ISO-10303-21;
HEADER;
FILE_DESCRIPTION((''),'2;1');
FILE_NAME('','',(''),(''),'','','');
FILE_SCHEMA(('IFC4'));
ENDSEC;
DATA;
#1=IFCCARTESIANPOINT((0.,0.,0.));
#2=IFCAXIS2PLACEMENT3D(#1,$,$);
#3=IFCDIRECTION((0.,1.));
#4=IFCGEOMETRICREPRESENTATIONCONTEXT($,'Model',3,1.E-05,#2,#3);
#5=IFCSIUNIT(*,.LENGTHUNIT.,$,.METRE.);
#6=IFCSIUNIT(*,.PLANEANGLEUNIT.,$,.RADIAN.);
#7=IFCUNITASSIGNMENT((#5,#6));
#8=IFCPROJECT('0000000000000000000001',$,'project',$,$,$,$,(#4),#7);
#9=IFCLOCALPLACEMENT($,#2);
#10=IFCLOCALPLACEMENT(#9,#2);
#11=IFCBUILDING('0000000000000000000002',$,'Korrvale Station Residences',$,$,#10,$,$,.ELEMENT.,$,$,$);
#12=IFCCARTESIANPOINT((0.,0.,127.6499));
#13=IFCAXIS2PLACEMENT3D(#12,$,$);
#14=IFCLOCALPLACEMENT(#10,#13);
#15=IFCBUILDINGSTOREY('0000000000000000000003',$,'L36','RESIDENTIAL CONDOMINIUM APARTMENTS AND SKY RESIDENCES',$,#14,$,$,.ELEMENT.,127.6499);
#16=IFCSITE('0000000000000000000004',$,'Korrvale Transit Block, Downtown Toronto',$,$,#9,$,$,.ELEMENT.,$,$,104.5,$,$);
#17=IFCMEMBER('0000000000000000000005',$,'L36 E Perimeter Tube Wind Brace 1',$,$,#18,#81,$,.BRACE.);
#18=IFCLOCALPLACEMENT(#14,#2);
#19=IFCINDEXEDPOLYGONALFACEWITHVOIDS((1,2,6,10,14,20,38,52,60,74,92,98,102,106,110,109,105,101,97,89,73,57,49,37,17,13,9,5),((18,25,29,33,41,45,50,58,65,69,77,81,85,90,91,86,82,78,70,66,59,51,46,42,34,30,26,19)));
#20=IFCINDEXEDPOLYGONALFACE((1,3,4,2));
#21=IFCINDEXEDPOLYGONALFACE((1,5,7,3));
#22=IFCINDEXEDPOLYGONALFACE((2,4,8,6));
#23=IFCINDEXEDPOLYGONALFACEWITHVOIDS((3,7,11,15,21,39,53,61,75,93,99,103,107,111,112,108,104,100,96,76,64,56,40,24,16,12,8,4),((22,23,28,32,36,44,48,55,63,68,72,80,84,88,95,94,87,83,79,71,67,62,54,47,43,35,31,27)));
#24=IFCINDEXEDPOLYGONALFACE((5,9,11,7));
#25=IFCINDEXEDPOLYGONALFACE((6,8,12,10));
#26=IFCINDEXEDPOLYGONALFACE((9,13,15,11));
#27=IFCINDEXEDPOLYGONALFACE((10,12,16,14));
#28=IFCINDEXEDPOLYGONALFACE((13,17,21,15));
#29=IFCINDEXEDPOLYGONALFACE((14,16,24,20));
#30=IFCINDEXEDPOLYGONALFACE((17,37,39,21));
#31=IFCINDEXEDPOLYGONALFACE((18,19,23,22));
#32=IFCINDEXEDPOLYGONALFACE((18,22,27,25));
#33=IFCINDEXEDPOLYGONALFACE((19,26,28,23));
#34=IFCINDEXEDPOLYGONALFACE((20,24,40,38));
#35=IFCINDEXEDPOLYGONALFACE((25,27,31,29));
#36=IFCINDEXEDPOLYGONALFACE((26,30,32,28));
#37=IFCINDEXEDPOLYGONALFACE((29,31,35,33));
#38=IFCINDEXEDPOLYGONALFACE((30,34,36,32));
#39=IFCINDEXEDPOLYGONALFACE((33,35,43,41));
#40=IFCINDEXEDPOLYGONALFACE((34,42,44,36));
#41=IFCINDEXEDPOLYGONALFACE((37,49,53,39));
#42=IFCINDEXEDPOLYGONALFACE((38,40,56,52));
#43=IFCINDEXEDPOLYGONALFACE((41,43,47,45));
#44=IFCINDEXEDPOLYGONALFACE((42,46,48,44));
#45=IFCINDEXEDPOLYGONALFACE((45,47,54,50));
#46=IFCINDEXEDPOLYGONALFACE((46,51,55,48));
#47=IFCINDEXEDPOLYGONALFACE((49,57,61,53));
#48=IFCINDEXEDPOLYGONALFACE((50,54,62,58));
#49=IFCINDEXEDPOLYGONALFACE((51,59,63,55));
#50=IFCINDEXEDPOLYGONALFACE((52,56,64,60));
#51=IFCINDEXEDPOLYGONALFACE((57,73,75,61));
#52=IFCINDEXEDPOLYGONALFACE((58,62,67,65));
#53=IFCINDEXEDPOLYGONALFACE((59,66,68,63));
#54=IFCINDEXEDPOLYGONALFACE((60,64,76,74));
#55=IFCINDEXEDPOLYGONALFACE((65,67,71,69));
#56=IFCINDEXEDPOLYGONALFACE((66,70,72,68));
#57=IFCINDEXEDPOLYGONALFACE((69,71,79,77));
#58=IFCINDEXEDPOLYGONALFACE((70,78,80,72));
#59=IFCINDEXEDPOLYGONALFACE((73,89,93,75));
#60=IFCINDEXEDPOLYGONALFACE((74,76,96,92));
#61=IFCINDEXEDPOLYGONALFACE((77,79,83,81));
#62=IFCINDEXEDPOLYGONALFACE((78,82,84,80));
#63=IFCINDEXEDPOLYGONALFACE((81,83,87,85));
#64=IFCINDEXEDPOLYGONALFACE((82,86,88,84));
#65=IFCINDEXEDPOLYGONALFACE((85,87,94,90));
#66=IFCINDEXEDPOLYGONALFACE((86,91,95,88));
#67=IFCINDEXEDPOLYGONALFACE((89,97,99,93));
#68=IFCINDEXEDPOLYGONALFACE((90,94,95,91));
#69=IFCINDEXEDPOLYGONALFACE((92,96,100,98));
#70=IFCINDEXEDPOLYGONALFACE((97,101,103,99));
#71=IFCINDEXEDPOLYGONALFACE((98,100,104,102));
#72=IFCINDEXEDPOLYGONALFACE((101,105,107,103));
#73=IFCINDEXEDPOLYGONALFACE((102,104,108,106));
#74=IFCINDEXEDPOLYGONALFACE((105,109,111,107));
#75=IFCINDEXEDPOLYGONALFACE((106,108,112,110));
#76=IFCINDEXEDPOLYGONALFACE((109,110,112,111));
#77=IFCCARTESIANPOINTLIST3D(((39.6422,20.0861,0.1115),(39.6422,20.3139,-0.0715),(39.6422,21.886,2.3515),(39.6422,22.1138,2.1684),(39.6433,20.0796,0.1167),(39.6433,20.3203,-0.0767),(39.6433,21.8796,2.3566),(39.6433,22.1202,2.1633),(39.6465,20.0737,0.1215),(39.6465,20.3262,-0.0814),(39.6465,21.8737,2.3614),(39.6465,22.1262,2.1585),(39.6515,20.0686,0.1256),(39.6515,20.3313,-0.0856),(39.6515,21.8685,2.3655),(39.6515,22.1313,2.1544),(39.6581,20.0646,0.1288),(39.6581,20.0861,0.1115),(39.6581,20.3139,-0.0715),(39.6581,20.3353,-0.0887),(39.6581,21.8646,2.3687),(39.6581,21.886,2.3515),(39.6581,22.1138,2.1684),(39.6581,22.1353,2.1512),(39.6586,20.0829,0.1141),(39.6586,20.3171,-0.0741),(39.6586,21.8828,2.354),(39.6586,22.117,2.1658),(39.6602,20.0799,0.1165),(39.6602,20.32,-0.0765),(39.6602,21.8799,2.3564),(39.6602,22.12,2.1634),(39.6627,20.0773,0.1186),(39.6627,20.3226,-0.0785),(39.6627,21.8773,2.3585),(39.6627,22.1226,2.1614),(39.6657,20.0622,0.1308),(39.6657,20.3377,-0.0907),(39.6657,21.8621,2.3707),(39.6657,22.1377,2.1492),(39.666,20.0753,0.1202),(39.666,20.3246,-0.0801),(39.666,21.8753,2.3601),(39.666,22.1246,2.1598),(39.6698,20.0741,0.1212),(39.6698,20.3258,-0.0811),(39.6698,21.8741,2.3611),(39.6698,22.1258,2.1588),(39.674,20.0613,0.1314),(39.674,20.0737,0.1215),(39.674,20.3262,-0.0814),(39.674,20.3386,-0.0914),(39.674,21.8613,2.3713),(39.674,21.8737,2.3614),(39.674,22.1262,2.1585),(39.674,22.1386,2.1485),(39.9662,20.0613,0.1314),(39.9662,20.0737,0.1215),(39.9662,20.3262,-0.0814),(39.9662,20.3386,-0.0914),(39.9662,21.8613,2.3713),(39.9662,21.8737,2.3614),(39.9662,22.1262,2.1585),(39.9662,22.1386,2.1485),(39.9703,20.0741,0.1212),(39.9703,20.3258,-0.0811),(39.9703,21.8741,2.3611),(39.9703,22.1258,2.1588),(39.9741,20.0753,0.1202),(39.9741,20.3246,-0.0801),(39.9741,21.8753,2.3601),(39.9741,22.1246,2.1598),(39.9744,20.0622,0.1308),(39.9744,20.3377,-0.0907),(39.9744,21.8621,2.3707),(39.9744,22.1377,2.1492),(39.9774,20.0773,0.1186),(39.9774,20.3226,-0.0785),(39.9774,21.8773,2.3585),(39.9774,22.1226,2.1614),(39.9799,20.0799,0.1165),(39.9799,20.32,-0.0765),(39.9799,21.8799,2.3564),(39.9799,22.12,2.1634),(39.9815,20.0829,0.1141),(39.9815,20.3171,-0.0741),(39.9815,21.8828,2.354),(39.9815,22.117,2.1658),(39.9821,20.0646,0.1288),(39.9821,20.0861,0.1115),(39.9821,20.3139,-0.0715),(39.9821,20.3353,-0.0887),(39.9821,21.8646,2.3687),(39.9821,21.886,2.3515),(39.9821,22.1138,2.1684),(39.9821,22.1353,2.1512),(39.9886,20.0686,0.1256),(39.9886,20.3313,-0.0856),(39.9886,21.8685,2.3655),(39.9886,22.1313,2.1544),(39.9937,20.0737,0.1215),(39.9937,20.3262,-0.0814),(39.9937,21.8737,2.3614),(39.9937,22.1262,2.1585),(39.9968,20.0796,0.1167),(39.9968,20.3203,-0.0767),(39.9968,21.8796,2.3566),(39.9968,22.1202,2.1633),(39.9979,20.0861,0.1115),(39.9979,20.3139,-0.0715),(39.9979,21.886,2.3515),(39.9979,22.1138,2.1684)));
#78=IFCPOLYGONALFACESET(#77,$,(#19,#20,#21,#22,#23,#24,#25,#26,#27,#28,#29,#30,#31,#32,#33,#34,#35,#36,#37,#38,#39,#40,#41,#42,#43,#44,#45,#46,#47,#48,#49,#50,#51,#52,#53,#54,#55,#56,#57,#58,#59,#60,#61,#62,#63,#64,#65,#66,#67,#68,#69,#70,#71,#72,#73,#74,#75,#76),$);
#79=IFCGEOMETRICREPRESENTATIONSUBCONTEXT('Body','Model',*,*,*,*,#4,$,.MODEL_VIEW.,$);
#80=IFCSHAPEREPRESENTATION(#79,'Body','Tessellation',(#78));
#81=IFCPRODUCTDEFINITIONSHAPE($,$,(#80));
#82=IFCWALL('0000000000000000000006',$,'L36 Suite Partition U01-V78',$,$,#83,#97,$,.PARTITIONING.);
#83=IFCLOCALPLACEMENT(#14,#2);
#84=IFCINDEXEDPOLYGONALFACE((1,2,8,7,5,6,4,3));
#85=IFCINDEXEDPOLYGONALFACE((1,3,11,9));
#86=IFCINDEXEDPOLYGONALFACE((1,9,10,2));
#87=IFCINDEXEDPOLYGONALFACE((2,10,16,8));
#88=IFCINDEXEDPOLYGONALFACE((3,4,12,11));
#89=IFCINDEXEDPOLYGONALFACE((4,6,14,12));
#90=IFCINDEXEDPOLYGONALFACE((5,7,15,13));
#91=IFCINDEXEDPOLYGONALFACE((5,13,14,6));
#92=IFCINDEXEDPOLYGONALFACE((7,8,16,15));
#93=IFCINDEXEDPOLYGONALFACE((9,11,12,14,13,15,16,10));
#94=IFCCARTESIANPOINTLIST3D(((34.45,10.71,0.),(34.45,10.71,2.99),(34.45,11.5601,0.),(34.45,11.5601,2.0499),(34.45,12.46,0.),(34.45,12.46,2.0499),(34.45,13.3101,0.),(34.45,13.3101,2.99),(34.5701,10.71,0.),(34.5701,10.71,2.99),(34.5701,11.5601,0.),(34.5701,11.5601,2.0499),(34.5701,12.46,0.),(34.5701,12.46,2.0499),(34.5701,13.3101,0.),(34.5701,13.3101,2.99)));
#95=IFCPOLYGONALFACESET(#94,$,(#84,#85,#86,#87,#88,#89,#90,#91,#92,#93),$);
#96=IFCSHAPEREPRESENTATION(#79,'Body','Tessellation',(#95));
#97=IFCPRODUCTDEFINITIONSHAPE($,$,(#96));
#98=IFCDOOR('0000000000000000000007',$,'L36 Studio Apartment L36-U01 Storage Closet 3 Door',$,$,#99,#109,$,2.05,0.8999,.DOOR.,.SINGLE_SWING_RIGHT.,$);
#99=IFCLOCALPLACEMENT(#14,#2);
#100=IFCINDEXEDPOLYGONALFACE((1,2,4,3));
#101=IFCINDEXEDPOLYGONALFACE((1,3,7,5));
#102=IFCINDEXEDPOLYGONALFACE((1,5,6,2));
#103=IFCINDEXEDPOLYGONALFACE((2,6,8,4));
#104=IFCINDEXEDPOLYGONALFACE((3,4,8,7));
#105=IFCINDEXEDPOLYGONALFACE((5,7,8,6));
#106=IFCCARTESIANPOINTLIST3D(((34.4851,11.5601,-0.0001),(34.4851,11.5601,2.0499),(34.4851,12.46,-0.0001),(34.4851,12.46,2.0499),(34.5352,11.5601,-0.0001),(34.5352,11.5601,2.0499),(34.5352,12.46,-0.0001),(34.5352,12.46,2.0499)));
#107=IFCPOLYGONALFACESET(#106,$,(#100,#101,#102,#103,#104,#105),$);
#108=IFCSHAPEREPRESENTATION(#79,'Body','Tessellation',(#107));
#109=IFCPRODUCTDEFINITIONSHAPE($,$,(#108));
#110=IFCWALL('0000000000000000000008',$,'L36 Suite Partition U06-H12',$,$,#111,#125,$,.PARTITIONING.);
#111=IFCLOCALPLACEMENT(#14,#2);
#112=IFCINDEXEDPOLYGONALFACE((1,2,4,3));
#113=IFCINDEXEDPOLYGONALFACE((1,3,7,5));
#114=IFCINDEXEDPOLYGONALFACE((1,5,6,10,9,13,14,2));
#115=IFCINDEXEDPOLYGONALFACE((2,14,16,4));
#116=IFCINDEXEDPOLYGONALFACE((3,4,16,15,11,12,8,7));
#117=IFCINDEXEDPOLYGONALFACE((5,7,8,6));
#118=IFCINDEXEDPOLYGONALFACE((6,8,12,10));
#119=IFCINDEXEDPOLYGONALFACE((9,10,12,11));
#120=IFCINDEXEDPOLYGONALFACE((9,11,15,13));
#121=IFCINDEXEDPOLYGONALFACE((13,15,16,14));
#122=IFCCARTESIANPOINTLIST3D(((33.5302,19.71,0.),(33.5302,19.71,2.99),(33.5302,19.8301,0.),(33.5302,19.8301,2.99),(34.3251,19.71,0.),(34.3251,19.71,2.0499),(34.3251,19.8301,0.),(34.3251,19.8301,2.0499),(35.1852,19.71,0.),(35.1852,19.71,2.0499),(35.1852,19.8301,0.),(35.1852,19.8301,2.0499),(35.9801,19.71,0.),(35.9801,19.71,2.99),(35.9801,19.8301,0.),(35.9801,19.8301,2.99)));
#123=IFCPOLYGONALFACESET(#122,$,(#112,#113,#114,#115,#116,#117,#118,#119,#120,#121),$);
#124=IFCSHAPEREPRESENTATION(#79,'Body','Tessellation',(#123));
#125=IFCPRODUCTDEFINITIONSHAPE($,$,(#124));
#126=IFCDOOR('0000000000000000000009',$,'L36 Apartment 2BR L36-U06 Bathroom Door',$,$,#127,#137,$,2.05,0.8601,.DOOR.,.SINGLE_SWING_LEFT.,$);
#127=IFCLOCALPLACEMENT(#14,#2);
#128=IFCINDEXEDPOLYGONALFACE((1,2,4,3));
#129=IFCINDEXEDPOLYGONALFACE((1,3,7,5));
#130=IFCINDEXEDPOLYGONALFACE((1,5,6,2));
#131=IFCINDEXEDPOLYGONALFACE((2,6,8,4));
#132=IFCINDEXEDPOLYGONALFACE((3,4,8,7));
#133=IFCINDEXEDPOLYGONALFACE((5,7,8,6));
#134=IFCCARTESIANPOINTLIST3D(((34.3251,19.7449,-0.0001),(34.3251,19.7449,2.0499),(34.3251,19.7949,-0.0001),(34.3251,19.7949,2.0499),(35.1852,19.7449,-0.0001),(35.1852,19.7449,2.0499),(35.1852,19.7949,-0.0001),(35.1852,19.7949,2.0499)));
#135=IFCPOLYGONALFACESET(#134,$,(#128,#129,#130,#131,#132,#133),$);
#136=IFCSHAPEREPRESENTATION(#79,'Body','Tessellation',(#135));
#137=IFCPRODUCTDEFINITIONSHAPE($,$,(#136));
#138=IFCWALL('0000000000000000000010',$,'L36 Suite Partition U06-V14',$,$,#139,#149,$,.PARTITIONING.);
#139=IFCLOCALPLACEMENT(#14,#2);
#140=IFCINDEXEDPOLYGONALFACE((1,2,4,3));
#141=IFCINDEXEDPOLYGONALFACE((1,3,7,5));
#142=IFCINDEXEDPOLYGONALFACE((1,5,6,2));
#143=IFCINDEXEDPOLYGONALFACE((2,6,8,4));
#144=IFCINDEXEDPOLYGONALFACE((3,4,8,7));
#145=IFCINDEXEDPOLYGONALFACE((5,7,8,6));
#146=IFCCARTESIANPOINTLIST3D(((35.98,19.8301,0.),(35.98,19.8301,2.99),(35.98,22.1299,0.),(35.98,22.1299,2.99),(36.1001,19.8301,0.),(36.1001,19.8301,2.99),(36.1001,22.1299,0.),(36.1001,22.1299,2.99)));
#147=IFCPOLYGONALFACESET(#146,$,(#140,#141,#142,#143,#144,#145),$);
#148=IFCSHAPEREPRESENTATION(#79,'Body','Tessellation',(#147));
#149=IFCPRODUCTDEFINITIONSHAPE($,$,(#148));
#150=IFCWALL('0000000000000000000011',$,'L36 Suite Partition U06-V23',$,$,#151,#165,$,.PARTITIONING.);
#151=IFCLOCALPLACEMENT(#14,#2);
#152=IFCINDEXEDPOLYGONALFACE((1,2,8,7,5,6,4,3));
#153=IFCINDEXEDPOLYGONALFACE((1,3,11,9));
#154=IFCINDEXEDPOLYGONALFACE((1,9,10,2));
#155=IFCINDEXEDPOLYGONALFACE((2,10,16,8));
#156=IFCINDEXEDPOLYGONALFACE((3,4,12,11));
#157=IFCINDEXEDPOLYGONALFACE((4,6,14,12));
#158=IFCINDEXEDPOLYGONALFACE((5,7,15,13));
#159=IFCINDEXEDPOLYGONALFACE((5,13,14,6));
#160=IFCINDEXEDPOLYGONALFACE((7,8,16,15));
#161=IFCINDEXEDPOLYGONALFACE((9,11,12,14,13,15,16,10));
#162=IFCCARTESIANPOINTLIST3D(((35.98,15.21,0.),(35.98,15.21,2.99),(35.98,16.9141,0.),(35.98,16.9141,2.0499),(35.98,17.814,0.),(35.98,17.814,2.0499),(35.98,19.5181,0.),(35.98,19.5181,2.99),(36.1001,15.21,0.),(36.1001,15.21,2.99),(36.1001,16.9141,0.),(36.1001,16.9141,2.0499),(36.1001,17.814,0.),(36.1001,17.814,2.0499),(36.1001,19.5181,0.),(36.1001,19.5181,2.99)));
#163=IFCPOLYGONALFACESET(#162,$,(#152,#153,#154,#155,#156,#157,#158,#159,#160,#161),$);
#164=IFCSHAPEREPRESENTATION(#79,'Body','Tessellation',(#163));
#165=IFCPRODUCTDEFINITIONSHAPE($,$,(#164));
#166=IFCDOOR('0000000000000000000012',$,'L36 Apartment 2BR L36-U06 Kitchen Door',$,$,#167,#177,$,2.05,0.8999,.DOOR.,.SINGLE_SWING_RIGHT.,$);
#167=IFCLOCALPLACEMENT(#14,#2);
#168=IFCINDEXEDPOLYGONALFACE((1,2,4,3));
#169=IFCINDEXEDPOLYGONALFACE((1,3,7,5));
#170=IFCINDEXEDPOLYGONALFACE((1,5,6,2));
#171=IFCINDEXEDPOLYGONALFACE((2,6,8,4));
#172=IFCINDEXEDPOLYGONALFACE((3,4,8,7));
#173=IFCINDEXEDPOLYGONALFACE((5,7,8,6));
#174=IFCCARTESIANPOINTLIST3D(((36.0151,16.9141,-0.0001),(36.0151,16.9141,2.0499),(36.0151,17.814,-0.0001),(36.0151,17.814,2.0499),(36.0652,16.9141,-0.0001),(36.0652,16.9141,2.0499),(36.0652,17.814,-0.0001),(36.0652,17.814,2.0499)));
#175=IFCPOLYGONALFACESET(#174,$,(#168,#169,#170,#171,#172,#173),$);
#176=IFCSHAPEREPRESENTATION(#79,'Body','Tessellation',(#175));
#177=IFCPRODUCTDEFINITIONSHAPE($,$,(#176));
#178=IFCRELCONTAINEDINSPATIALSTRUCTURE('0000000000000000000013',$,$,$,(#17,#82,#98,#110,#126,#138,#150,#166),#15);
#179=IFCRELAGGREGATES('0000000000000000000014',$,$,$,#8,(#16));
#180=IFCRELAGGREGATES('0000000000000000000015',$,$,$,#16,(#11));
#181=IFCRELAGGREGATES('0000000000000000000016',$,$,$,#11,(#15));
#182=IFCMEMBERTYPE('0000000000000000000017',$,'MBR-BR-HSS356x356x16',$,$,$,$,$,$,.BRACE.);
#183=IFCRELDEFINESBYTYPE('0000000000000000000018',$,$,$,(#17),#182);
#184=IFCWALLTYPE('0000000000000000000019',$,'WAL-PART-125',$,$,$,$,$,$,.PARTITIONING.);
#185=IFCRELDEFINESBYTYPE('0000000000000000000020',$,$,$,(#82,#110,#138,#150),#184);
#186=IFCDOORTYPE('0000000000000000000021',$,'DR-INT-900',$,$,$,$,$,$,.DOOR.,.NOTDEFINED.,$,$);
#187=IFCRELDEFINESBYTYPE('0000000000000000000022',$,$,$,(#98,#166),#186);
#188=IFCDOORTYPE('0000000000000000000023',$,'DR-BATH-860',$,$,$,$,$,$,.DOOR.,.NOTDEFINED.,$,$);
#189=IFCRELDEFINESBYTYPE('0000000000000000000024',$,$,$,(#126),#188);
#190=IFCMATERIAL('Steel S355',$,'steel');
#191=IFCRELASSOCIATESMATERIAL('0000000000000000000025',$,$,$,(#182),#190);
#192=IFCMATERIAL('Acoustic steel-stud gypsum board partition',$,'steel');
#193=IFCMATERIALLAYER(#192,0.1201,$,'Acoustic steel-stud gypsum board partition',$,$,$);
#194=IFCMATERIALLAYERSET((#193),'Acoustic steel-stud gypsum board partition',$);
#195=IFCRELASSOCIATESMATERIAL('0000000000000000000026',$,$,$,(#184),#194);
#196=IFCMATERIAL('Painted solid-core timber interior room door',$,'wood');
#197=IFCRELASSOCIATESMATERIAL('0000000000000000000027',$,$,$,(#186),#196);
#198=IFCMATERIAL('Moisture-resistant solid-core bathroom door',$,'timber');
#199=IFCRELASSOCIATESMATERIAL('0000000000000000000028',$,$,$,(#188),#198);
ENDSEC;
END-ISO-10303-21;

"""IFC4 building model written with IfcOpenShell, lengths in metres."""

from ifc_helpers import new_model, si_unit, direction, frame, frame_2d, origin, origin_2d, place, context, subcontext, project, spatial, rectangle, hollow_rectangle, extrude, material, layer, layer_set, material_profile, profile_set, type_object, element, fill, save


model = new_model("IFC4")

# Units and contexts
model_context = context("Model", 3, precision=1e-05, world=origin(), true_north=direction((0.0, 1.0)))
body_context = subcontext(model_context, "Body", "Model", "MODEL_VIEW")
ifc_project = project(units=[si_unit("LENGTHUNIT", "METRE"), si_unit("PLANEANGLEUNIT", "RADIAN")], contexts=[model_context])

# Site, building, storey
site_placement = place(None, origin())
site = spatial("IfcSite", under=ifc_project, at=site_placement, Name="Korrvale Transit Block, Downtown Toronto", CompositionType="ELEMENT", RefElevation=104.5)
building_placement = place(site_placement, origin())
building = spatial("IfcBuilding", under=site, at=building_placement, Name="Korrvale Station Residences", CompositionType="ELEMENT")
storey_placement = place(building_placement, frame((0.0, 0.0, 127.6499)))
storey = spatial("IfcBuildingStorey", under=building, at=storey_placement, Name="L36", Description="RESIDENTIAL CONDOMINIUM APARTMENTS AND SKY RESIDENCES", CompositionType="ELEMENT", Elevation=127.6499)

# Shared definitions
ifc_material_1 = material(Name="Steel S355", Category="steel")

# Member
ifc_material_profile_1 = material_profile(ifc_material_1, hollow_rectangle(XDim=0.3557, YDim=0.3557, WallThickness=0.0159, InnerFilletRadius=0.0159, OuterFilletRadius=0.0317, at=origin_2d()), Name="HSS356x356x16")
ifc_profile_set_1 = profile_set([ifc_material_profile_1], Name="Steel S355")
member_type = type_object("IfcMemberType", Name="MBR-BR-HSS356x356x16", PredefinedType="BRACE", material=ifc_profile_set_1)
member_placement = place(storey_placement, frame((39.8201, 20.2, 0.02), z_axis=(0.0, 0.626403, 0.779499), x_axis=(-1.0, 0.0, 0.0)))
element("IfcMember", 1, at=member_placement, inside=storey, type_object=member_type, Name="L36 E Perimeter Tube Wind Brace 1", PredefinedType="BRACE", context=body_context, shape_type="SweptSolid", body=[
    extrude(hollow_rectangle(XDim=0.3557, YDim=0.3557, WallThickness=0.0159, InnerFilletRadius=0.0159, OuterFilletRadius=0.0317, at=origin_2d()), origin(), (0.0, 0.0, 1.0), 2.8735),
])

# Walls, openings, doors
ifc_material_2 = material(Name="Acoustic steel-stud gypsum board partition", Category="steel")
ifc_layer_1 = layer(ifc_material_2, 0.1201, Name="Acoustic steel-stud gypsum board partition")
ifc_layer_set_1 = layer_set([ifc_layer_1], Name="Acoustic steel-stud gypsum board partition")
wall_type_1 = type_object("IfcWallType", Name="WAL-PART-125", PredefinedType="PARTITIONING", material=ifc_layer_set_1)
wall_1_placement = place(storey_placement, frame((34.51, 10.71, 0.0), z_axis=(0.0, 0.0, 1.0), x_axis=(0.0, 1.0, 0.0)))
wall_1 = element("IfcWall", 2, at=wall_1_placement, inside=storey, type_object=wall_type_1, Name="L36 Suite Partition U01-V78", PredefinedType="PARTITIONING", context=body_context, shape_type="SweptSolid", body=[
    extrude(rectangle(XDim=2.6001, YDim=0.1201, at=frame_2d((1.3, 0.0))), origin(), (0.0, 0.0, 1.0), 2.99),
])
opening_1_placement = place(wall_1_placement, frame((0.8501, 0.0, 0.0)))
opening_1 = element("IfcOpeningElement", 3, at=opening_1_placement, cuts=wall_1, PredefinedType="OPENING", context=body_context, shape_type="SweptSolid", body=[
    extrude(rectangle(XDim=0.8999, YDim=2.05, at=frame_2d((0.45, 1.0249))), frame((0.0, 0.0701, 0.0), z_axis=(0.0, -1.0, 0.0), x_axis=(1.0, 0.0, 0.0)), (0.0, 0.0, 1.0), 0.1401),
])
ifc_material_3 = material(Name="Painted solid-core timber interior room door", Category="wood")
door_type_1 = type_object("IfcDoorType", Name="DR-INT-900", OperationType="NOTDEFINED", PredefinedType="DOOR", material=ifc_material_3)
door_1_placement = place(opening_1_placement, origin())
door_1 = element("IfcDoor", 4, at=door_1_placement, inside=storey, type_object=door_type_1, Name="L36 Studio Apartment L36-U01 Storage Closet 3 Door", OperationType="SINGLE_SWING_RIGHT", OverallHeight=2.05, OverallWidth=0.8999, PredefinedType="DOOR", context=body_context, shape_type="SweptSolid", body=[
    extrude(rectangle(XDim=0.8999, YDim=2.05, at=frame_2d((0.45, 1.0249))), frame((0.0, 0.0249, 0.0), z_axis=(0.0, -1.0, 0.0), x_axis=(1.0, 0.0, 0.0)), (0.0, 0.0, 1.0), 0.05),
])
fill(opening_1, door_1)
wall_2_placement = place(storey_placement, frame((33.53, 19.77, 0.0), z_axis=(0.0, 0.0, 1.0), x_axis=(1.0, 0.0, 0.0)))
wall_2 = element("IfcWall", 5, at=wall_2_placement, inside=storey, type_object=wall_type_1, Name="L36 Suite Partition U06-H12", PredefinedType="PARTITIONING", context=body_context, shape_type="SweptSolid", body=[
    extrude(rectangle(XDim=2.45, YDim=0.1201, at=frame_2d((1.2251, 0.0))), origin(), (0.0, 0.0, 1.0), 2.99),
])
opening_2_placement = place(wall_2_placement, frame((0.7949, 0.0, 0.0)))
opening_2 = element("IfcOpeningElement", 6, at=opening_2_placement, cuts=wall_2, PredefinedType="OPENING", context=body_context, shape_type="SweptSolid", body=[
    extrude(rectangle(XDim=0.8601, YDim=2.05, at=frame_2d((0.4302, 1.0249))), frame((0.0, 0.0701, 0.0), z_axis=(0.0, -1.0, 0.0), x_axis=(1.0, 0.0, 0.0)), (0.0, 0.0, 1.0), 0.1401),
])
ifc_material_4 = material(Name="Moisture-resistant solid-core bathroom door", Category="timber")
door_type_2 = type_object("IfcDoorType", Name="DR-BATH-860", OperationType="NOTDEFINED", PredefinedType="DOOR", material=ifc_material_4)
door_2_placement = place(opening_2_placement, origin())
door_2 = element("IfcDoor", 7, at=door_2_placement, inside=storey, type_object=door_type_2, Name="L36 Apartment 2BR L36-U06 Bathroom Door", OperationType="SINGLE_SWING_LEFT", OverallHeight=2.05, OverallWidth=0.8601, PredefinedType="DOOR", context=body_context, shape_type="SweptSolid", body=[
    extrude(rectangle(XDim=0.8601, YDim=2.05, at=frame_2d((0.4302, 1.0249))), frame((0.0, 0.0249, 0.0), z_axis=(0.0, -1.0, 0.0), x_axis=(1.0, 0.0, 0.0)), (0.0, 0.0, 1.0), 0.05),
])
fill(opening_2, door_2)

# Wall
wall_3_placement = place(storey_placement, frame((36.04, 19.8301, 0.0), z_axis=(0.0, 0.0, 1.0), x_axis=(0.0, 1.0, 0.0)))
element("IfcWall", 8, at=wall_3_placement, inside=storey, type_object=wall_type_1, Name="L36 Suite Partition U06-V14", PredefinedType="PARTITIONING", context=body_context, shape_type="SweptSolid", body=[
    extrude(rectangle(XDim=2.2998, YDim=0.1201, at=frame_2d((1.1499, 0.0))), origin(), (0.0, 0.0, 1.0), 2.99),
])

# Wall, opening, door
wall_4_placement = place(storey_placement, frame((36.04, 15.21, 0.0), z_axis=(0.0, 0.0, 1.0), x_axis=(0.0, 1.0, 0.0)))
wall_4 = element("IfcWall", 9, at=wall_4_placement, inside=storey, type_object=wall_type_1, Name="L36 Suite Partition U06-V23", PredefinedType="PARTITIONING", context=body_context, shape_type="SweptSolid", body=[
    extrude(rectangle(XDim=4.3081, YDim=0.1201, at=frame_2d((2.1541, 0.0))), origin(), (0.0, 0.0, 1.0), 2.99),
])
opening_3_placement = place(wall_4_placement, frame((1.7041, 0.0, 0.0)))
opening_3 = element("IfcOpeningElement", 10, at=opening_3_placement, cuts=wall_4, PredefinedType="OPENING", context=body_context, shape_type="SweptSolid", body=[
    extrude(rectangle(XDim=0.8999, YDim=2.05, at=frame_2d((0.45, 1.0249))), frame((0.0, 0.0701, 0.0), z_axis=(0.0, -1.0, 0.0), x_axis=(1.0, 0.0, 0.0)), (0.0, 0.0, 1.0), 0.1401),
])
door_3_placement = place(opening_3_placement, origin())
door_3 = element("IfcDoor", 11, at=door_3_placement, inside=storey, type_object=door_type_1, Name="L36 Apartment 2BR L36-U06 Kitchen Door", OperationType="SINGLE_SWING_RIGHT", OverallHeight=2.05, OverallWidth=0.8999, PredefinedType="DOOR", context=body_context, shape_type="SweptSolid", body=[
    extrude(rectangle(XDim=0.8999, YDim=2.05, at=frame_2d((0.45, 1.0249))), frame((0.0, 0.0249, 0.0), z_axis=(0.0, -1.0, 0.0), x_axis=(1.0, 0.0, 0.0)), (0.0, 0.0, 1.0), 0.05),
])
fill(opening_3, door_3)

save(model, "model.ifc")
